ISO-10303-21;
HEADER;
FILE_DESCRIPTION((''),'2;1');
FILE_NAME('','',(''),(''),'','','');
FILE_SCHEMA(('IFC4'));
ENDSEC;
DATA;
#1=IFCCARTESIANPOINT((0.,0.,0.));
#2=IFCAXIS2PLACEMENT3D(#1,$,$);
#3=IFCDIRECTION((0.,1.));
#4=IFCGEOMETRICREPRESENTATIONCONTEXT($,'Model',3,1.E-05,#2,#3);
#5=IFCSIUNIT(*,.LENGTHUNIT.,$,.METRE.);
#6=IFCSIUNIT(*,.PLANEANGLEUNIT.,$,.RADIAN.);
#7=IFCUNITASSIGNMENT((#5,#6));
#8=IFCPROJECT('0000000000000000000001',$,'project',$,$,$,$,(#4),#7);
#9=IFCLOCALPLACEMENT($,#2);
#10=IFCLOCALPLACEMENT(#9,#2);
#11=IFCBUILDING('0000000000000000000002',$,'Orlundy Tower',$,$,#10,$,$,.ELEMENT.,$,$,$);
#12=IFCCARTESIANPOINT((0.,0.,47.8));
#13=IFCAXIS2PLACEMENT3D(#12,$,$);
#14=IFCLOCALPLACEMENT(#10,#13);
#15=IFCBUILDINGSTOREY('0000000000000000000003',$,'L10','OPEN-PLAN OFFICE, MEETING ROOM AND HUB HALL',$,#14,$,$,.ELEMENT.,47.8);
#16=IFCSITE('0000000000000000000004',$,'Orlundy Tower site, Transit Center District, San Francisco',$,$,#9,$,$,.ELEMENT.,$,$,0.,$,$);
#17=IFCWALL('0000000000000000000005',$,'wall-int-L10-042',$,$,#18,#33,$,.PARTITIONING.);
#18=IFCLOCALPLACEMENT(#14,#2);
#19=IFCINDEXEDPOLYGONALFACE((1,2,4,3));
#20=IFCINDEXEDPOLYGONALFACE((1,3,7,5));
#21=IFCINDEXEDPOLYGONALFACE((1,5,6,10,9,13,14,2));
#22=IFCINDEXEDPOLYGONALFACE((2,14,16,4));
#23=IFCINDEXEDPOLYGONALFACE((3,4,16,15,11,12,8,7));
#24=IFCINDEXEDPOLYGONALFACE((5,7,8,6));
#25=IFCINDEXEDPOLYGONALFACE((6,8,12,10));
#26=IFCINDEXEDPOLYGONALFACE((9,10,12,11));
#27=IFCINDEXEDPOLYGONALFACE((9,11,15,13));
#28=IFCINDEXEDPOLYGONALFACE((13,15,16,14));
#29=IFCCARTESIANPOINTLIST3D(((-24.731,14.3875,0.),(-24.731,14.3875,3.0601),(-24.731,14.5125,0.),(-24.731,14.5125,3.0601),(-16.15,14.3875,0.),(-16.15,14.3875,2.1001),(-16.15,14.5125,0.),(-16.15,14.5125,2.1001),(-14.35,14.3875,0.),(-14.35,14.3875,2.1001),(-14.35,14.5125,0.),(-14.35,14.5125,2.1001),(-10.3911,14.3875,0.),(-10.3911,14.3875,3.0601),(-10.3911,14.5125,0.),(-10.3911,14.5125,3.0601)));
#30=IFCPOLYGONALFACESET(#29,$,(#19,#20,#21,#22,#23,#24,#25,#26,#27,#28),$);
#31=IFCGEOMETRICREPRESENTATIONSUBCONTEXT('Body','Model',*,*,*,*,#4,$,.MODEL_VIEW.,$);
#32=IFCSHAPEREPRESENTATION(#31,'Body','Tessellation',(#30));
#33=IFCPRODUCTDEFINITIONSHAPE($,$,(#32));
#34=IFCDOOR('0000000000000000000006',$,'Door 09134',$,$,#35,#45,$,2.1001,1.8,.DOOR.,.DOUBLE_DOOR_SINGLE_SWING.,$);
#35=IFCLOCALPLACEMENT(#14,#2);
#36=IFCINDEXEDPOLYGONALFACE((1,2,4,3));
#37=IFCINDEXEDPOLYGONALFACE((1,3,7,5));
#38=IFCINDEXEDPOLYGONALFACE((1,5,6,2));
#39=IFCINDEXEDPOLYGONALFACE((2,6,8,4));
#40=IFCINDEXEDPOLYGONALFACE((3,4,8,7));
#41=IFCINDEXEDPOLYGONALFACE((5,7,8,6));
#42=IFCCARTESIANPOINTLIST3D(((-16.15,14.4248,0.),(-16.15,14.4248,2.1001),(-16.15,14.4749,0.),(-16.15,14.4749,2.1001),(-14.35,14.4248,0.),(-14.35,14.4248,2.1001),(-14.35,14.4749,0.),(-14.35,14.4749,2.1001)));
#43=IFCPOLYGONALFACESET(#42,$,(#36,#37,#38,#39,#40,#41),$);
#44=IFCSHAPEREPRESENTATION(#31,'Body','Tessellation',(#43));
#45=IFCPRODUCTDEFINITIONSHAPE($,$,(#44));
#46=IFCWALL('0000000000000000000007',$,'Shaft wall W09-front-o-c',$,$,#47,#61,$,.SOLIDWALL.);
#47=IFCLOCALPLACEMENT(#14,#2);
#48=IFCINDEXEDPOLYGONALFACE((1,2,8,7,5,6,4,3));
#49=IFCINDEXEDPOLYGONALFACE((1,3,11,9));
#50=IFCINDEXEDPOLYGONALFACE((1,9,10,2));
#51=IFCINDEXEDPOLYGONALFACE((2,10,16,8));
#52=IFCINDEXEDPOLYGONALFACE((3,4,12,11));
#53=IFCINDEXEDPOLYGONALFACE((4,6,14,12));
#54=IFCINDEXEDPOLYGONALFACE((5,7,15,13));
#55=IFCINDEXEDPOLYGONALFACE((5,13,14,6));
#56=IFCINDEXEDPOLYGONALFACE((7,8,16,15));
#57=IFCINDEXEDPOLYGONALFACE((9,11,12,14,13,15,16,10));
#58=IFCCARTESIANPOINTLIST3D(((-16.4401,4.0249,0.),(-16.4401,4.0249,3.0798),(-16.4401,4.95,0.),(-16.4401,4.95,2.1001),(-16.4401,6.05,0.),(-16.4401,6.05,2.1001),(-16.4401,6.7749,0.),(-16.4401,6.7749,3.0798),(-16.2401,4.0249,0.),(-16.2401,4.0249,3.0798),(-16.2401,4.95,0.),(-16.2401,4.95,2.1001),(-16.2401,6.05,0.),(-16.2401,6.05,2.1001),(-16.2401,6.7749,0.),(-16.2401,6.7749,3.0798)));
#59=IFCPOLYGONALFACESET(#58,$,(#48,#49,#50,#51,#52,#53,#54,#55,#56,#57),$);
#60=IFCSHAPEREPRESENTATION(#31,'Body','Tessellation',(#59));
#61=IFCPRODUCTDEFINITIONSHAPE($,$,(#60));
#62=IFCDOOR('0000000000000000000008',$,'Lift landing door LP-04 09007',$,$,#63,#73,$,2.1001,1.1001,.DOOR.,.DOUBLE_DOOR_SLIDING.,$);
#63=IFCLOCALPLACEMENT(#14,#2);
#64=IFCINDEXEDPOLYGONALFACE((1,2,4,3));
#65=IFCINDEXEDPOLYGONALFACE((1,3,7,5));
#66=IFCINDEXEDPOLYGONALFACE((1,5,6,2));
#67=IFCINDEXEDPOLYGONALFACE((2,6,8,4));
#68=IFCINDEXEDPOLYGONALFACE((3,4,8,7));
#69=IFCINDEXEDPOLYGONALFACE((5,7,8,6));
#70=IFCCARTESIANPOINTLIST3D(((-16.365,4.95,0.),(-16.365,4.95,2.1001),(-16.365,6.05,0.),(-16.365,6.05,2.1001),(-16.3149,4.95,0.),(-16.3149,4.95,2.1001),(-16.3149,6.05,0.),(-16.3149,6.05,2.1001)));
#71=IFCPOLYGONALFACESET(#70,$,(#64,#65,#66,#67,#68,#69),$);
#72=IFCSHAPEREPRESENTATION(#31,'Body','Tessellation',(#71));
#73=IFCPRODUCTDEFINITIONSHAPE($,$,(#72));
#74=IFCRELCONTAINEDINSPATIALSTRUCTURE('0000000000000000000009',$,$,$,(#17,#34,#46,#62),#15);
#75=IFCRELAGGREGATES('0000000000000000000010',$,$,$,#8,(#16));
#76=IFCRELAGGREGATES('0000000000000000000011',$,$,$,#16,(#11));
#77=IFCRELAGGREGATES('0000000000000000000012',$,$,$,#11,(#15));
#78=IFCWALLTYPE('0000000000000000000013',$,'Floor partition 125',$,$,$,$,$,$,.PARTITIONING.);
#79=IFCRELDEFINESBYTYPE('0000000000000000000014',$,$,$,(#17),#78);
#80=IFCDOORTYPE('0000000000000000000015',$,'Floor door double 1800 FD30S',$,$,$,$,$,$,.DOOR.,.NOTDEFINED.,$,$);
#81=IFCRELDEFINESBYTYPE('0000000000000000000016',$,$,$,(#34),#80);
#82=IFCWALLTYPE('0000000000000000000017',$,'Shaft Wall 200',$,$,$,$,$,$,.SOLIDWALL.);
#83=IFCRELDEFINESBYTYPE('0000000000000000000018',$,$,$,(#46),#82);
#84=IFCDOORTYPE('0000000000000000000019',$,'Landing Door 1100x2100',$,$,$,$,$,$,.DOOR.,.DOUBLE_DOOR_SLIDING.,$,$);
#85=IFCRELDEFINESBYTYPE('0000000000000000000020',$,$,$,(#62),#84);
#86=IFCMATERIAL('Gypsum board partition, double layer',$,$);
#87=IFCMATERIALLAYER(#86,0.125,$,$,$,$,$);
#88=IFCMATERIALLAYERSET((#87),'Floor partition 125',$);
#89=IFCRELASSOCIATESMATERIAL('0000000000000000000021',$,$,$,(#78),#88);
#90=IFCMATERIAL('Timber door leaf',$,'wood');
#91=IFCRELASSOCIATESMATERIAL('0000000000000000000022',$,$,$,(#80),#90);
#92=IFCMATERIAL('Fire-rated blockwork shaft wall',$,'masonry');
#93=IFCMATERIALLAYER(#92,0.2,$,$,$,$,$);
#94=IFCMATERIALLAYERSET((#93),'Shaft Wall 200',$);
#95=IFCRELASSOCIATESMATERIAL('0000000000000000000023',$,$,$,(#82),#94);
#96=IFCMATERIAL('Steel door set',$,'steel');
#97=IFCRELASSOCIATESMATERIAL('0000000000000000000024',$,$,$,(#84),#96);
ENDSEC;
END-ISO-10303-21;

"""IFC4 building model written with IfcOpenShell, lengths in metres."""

from ifc_helpers import new_model, si_unit, direction, frame, frame_2d, origin, place, context, subcontext, project, spatial, rectangle, extrude, material, layer, layer_set, type_object, element, fill, save


model = new_model("IFC4")

# Units and contexts
model_context = context("Model", 3, precision=1e-05, world=origin(), true_north=direction((0.0, 1.0)))
body_context = subcontext(model_context, "Body", "Model", "MODEL_VIEW")
ifc_project = project(units=[si_unit("LENGTHUNIT", "METRE"), si_unit("PLANEANGLEUNIT", "RADIAN")], contexts=[model_context])

# Site, building, storey
site_placement = place(None, origin())
site = spatial("IfcSite", under=ifc_project, at=site_placement, Name="Orlundy Tower site, Transit Center District, San Francisco", CompositionType="ELEMENT", RefElevation=0.0)
building_placement = place(site_placement, origin())
building = spatial("IfcBuilding", under=site, at=building_placement, Name="Orlundy Tower", CompositionType="ELEMENT")
storey_placement = place(building_placement, frame((0.0, 0.0, 47.8)))
storey = spatial("IfcBuildingStorey", under=building, at=storey_placement, Name="L10", Description="OPEN-PLAN OFFICE, MEETING ROOM AND HUB HALL", CompositionType="ELEMENT", Elevation=47.8)

# Walls, openings, doors
ifc_material_1 = material(Name="Gypsum board partition, double layer")
ifc_layer_1 = layer(ifc_material_1, 0.125)
ifc_layer_set_1 = layer_set([ifc_layer_1], Name="Floor partition 125")
wall_type_1 = type_object("IfcWallType", Name="Floor partition 125", PredefinedType="PARTITIONING", material=ifc_layer_set_1)
wall_1_placement = place(storey_placement, frame((-24.731, 14.45, 0.0), z_axis=(0.0, 0.0, 1.0), x_axis=(1.0, 0.0, 0.0)))
wall_1 = element("IfcWall", 1, at=wall_1_placement, inside=storey, type_object=wall_type_1, Name="wall-int-L10-042", PredefinedType="PARTITIONING", context=body_context, shape_type="SweptSolid", body=[
    extrude(rectangle(XDim=14.3398, YDim=0.125, at=frame_2d((7.1699, 0.0))), origin(), (0.0, 0.0, 1.0), 3.0601),
])
opening_1_placement = place(wall_1_placement, frame((8.5811, 0.0, 0.0)))
opening_1 = element("IfcOpeningElement", 2, at=opening_1_placement, cuts=wall_1, PredefinedType="OPENING", context=body_context, shape_type="SweptSolid", body=[
    extrude(rectangle(XDim=1.8, YDim=2.1001, at=frame_2d((0.8999, 1.05))), frame((0.0, 0.0725, 0.0), z_axis=(0.0, -1.0, 0.0), x_axis=(1.0, 0.0, 0.0)), (0.0, 0.0, 1.0), 0.145),
])
ifc_material_2 = material(Name="Timber door leaf", Category="wood")
door_type_1 = type_object("IfcDoorType", Name="Floor door double 1800 FD30S", OperationType="NOTDEFINED", PredefinedType="DOOR", material=ifc_material_2)
door_1_placement = place(opening_1_placement, origin())
door_1 = element("IfcDoor", 3, at=door_1_placement, inside=storey, type_object=door_type_1, Name="Door 09134", OperationType="DOUBLE_DOOR_SINGLE_SWING", OverallHeight=2.1001, OverallWidth=1.8, PredefinedType="DOOR", context=body_context, shape_type="SweptSolid", body=[
    extrude(rectangle(XDim=1.8, YDim=2.1001, at=frame_2d((0.8999, 1.05))), frame((0.0, 0.0249, 0.0), z_axis=(0.0, -1.0, 0.0), x_axis=(1.0, 0.0, 0.0)), (0.0, 0.0, 1.0), 0.05),
])
fill(opening_1, door_1)
ifc_material_3 = material(Name="Fire-rated blockwork shaft wall", Category="masonry")
ifc_layer_2 = layer(ifc_material_3, 0.2)
ifc_layer_set_2 = layer_set([ifc_layer_2], Name="Shaft Wall 200")
wall_type_2 = type_object("IfcWallType", Name="Shaft Wall 200", PredefinedType="SOLIDWALL", material=ifc_layer_set_2)
wall_2_placement = place(storey_placement, frame((-16.3401, 4.0249, 0.0), z_axis=(0.0, 0.0, 1.0), x_axis=(0.0, 1.0, 0.0)))
wall_2 = element("IfcWall", 4, at=wall_2_placement, inside=storey, type_object=wall_type_2, Name="Shaft wall W09-front-o-c", PredefinedType="SOLIDWALL", context=body_context, shape_type="SweptSolid", body=[
    extrude(rectangle(XDim=2.75, YDim=0.2, at=frame_2d((1.375, 0.0))), origin(), (0.0, 0.0, 1.0), 3.0798),
])
opening_2_placement = place(wall_2_placement, frame((0.925, 0.0, 0.0)))
opening_2 = element("IfcOpeningElement", 5, at=opening_2_placement, cuts=wall_2, PredefinedType="OPENING", context=body_context, shape_type="SweptSolid", body=[
    extrude(rectangle(XDim=1.1001, YDim=2.1001, at=frame_2d((0.55, 1.05))), frame((0.0, 0.1101, 0.0), z_axis=(0.0, -1.0, 0.0), x_axis=(1.0, 0.0, 0.0)), (0.0, 0.0, 1.0), 0.2202),
])
ifc_material_4 = material(Name="Steel door set", Category="steel")
door_type_2 = type_object("IfcDoorType", Name="Landing Door 1100x2100", OperationType="DOUBLE_DOOR_SLIDING", PredefinedType="DOOR", material=ifc_material_4)
door_2_placement = place(opening_2_placement, origin())
door_2 = element("IfcDoor", 6, at=door_2_placement, inside=storey, type_object=door_type_2, Name="Lift landing door LP-04 09007", OperationType="DOUBLE_DOOR_SLIDING", OverallHeight=2.1001, OverallWidth=1.1001, PredefinedType="DOOR", context=body_context, shape_type="SweptSolid", body=[
    extrude(rectangle(XDim=1.1001, YDim=2.1001, at=frame_2d((0.55, 1.05))), frame((0.0, 0.0249, 0.0), z_axis=(0.0, -1.0, 0.0), x_axis=(1.0, 0.0, 0.0)), (0.0, 0.0, 1.0), 0.05),
])
fill(opening_2, door_2)

save(model, "model.ifc")
